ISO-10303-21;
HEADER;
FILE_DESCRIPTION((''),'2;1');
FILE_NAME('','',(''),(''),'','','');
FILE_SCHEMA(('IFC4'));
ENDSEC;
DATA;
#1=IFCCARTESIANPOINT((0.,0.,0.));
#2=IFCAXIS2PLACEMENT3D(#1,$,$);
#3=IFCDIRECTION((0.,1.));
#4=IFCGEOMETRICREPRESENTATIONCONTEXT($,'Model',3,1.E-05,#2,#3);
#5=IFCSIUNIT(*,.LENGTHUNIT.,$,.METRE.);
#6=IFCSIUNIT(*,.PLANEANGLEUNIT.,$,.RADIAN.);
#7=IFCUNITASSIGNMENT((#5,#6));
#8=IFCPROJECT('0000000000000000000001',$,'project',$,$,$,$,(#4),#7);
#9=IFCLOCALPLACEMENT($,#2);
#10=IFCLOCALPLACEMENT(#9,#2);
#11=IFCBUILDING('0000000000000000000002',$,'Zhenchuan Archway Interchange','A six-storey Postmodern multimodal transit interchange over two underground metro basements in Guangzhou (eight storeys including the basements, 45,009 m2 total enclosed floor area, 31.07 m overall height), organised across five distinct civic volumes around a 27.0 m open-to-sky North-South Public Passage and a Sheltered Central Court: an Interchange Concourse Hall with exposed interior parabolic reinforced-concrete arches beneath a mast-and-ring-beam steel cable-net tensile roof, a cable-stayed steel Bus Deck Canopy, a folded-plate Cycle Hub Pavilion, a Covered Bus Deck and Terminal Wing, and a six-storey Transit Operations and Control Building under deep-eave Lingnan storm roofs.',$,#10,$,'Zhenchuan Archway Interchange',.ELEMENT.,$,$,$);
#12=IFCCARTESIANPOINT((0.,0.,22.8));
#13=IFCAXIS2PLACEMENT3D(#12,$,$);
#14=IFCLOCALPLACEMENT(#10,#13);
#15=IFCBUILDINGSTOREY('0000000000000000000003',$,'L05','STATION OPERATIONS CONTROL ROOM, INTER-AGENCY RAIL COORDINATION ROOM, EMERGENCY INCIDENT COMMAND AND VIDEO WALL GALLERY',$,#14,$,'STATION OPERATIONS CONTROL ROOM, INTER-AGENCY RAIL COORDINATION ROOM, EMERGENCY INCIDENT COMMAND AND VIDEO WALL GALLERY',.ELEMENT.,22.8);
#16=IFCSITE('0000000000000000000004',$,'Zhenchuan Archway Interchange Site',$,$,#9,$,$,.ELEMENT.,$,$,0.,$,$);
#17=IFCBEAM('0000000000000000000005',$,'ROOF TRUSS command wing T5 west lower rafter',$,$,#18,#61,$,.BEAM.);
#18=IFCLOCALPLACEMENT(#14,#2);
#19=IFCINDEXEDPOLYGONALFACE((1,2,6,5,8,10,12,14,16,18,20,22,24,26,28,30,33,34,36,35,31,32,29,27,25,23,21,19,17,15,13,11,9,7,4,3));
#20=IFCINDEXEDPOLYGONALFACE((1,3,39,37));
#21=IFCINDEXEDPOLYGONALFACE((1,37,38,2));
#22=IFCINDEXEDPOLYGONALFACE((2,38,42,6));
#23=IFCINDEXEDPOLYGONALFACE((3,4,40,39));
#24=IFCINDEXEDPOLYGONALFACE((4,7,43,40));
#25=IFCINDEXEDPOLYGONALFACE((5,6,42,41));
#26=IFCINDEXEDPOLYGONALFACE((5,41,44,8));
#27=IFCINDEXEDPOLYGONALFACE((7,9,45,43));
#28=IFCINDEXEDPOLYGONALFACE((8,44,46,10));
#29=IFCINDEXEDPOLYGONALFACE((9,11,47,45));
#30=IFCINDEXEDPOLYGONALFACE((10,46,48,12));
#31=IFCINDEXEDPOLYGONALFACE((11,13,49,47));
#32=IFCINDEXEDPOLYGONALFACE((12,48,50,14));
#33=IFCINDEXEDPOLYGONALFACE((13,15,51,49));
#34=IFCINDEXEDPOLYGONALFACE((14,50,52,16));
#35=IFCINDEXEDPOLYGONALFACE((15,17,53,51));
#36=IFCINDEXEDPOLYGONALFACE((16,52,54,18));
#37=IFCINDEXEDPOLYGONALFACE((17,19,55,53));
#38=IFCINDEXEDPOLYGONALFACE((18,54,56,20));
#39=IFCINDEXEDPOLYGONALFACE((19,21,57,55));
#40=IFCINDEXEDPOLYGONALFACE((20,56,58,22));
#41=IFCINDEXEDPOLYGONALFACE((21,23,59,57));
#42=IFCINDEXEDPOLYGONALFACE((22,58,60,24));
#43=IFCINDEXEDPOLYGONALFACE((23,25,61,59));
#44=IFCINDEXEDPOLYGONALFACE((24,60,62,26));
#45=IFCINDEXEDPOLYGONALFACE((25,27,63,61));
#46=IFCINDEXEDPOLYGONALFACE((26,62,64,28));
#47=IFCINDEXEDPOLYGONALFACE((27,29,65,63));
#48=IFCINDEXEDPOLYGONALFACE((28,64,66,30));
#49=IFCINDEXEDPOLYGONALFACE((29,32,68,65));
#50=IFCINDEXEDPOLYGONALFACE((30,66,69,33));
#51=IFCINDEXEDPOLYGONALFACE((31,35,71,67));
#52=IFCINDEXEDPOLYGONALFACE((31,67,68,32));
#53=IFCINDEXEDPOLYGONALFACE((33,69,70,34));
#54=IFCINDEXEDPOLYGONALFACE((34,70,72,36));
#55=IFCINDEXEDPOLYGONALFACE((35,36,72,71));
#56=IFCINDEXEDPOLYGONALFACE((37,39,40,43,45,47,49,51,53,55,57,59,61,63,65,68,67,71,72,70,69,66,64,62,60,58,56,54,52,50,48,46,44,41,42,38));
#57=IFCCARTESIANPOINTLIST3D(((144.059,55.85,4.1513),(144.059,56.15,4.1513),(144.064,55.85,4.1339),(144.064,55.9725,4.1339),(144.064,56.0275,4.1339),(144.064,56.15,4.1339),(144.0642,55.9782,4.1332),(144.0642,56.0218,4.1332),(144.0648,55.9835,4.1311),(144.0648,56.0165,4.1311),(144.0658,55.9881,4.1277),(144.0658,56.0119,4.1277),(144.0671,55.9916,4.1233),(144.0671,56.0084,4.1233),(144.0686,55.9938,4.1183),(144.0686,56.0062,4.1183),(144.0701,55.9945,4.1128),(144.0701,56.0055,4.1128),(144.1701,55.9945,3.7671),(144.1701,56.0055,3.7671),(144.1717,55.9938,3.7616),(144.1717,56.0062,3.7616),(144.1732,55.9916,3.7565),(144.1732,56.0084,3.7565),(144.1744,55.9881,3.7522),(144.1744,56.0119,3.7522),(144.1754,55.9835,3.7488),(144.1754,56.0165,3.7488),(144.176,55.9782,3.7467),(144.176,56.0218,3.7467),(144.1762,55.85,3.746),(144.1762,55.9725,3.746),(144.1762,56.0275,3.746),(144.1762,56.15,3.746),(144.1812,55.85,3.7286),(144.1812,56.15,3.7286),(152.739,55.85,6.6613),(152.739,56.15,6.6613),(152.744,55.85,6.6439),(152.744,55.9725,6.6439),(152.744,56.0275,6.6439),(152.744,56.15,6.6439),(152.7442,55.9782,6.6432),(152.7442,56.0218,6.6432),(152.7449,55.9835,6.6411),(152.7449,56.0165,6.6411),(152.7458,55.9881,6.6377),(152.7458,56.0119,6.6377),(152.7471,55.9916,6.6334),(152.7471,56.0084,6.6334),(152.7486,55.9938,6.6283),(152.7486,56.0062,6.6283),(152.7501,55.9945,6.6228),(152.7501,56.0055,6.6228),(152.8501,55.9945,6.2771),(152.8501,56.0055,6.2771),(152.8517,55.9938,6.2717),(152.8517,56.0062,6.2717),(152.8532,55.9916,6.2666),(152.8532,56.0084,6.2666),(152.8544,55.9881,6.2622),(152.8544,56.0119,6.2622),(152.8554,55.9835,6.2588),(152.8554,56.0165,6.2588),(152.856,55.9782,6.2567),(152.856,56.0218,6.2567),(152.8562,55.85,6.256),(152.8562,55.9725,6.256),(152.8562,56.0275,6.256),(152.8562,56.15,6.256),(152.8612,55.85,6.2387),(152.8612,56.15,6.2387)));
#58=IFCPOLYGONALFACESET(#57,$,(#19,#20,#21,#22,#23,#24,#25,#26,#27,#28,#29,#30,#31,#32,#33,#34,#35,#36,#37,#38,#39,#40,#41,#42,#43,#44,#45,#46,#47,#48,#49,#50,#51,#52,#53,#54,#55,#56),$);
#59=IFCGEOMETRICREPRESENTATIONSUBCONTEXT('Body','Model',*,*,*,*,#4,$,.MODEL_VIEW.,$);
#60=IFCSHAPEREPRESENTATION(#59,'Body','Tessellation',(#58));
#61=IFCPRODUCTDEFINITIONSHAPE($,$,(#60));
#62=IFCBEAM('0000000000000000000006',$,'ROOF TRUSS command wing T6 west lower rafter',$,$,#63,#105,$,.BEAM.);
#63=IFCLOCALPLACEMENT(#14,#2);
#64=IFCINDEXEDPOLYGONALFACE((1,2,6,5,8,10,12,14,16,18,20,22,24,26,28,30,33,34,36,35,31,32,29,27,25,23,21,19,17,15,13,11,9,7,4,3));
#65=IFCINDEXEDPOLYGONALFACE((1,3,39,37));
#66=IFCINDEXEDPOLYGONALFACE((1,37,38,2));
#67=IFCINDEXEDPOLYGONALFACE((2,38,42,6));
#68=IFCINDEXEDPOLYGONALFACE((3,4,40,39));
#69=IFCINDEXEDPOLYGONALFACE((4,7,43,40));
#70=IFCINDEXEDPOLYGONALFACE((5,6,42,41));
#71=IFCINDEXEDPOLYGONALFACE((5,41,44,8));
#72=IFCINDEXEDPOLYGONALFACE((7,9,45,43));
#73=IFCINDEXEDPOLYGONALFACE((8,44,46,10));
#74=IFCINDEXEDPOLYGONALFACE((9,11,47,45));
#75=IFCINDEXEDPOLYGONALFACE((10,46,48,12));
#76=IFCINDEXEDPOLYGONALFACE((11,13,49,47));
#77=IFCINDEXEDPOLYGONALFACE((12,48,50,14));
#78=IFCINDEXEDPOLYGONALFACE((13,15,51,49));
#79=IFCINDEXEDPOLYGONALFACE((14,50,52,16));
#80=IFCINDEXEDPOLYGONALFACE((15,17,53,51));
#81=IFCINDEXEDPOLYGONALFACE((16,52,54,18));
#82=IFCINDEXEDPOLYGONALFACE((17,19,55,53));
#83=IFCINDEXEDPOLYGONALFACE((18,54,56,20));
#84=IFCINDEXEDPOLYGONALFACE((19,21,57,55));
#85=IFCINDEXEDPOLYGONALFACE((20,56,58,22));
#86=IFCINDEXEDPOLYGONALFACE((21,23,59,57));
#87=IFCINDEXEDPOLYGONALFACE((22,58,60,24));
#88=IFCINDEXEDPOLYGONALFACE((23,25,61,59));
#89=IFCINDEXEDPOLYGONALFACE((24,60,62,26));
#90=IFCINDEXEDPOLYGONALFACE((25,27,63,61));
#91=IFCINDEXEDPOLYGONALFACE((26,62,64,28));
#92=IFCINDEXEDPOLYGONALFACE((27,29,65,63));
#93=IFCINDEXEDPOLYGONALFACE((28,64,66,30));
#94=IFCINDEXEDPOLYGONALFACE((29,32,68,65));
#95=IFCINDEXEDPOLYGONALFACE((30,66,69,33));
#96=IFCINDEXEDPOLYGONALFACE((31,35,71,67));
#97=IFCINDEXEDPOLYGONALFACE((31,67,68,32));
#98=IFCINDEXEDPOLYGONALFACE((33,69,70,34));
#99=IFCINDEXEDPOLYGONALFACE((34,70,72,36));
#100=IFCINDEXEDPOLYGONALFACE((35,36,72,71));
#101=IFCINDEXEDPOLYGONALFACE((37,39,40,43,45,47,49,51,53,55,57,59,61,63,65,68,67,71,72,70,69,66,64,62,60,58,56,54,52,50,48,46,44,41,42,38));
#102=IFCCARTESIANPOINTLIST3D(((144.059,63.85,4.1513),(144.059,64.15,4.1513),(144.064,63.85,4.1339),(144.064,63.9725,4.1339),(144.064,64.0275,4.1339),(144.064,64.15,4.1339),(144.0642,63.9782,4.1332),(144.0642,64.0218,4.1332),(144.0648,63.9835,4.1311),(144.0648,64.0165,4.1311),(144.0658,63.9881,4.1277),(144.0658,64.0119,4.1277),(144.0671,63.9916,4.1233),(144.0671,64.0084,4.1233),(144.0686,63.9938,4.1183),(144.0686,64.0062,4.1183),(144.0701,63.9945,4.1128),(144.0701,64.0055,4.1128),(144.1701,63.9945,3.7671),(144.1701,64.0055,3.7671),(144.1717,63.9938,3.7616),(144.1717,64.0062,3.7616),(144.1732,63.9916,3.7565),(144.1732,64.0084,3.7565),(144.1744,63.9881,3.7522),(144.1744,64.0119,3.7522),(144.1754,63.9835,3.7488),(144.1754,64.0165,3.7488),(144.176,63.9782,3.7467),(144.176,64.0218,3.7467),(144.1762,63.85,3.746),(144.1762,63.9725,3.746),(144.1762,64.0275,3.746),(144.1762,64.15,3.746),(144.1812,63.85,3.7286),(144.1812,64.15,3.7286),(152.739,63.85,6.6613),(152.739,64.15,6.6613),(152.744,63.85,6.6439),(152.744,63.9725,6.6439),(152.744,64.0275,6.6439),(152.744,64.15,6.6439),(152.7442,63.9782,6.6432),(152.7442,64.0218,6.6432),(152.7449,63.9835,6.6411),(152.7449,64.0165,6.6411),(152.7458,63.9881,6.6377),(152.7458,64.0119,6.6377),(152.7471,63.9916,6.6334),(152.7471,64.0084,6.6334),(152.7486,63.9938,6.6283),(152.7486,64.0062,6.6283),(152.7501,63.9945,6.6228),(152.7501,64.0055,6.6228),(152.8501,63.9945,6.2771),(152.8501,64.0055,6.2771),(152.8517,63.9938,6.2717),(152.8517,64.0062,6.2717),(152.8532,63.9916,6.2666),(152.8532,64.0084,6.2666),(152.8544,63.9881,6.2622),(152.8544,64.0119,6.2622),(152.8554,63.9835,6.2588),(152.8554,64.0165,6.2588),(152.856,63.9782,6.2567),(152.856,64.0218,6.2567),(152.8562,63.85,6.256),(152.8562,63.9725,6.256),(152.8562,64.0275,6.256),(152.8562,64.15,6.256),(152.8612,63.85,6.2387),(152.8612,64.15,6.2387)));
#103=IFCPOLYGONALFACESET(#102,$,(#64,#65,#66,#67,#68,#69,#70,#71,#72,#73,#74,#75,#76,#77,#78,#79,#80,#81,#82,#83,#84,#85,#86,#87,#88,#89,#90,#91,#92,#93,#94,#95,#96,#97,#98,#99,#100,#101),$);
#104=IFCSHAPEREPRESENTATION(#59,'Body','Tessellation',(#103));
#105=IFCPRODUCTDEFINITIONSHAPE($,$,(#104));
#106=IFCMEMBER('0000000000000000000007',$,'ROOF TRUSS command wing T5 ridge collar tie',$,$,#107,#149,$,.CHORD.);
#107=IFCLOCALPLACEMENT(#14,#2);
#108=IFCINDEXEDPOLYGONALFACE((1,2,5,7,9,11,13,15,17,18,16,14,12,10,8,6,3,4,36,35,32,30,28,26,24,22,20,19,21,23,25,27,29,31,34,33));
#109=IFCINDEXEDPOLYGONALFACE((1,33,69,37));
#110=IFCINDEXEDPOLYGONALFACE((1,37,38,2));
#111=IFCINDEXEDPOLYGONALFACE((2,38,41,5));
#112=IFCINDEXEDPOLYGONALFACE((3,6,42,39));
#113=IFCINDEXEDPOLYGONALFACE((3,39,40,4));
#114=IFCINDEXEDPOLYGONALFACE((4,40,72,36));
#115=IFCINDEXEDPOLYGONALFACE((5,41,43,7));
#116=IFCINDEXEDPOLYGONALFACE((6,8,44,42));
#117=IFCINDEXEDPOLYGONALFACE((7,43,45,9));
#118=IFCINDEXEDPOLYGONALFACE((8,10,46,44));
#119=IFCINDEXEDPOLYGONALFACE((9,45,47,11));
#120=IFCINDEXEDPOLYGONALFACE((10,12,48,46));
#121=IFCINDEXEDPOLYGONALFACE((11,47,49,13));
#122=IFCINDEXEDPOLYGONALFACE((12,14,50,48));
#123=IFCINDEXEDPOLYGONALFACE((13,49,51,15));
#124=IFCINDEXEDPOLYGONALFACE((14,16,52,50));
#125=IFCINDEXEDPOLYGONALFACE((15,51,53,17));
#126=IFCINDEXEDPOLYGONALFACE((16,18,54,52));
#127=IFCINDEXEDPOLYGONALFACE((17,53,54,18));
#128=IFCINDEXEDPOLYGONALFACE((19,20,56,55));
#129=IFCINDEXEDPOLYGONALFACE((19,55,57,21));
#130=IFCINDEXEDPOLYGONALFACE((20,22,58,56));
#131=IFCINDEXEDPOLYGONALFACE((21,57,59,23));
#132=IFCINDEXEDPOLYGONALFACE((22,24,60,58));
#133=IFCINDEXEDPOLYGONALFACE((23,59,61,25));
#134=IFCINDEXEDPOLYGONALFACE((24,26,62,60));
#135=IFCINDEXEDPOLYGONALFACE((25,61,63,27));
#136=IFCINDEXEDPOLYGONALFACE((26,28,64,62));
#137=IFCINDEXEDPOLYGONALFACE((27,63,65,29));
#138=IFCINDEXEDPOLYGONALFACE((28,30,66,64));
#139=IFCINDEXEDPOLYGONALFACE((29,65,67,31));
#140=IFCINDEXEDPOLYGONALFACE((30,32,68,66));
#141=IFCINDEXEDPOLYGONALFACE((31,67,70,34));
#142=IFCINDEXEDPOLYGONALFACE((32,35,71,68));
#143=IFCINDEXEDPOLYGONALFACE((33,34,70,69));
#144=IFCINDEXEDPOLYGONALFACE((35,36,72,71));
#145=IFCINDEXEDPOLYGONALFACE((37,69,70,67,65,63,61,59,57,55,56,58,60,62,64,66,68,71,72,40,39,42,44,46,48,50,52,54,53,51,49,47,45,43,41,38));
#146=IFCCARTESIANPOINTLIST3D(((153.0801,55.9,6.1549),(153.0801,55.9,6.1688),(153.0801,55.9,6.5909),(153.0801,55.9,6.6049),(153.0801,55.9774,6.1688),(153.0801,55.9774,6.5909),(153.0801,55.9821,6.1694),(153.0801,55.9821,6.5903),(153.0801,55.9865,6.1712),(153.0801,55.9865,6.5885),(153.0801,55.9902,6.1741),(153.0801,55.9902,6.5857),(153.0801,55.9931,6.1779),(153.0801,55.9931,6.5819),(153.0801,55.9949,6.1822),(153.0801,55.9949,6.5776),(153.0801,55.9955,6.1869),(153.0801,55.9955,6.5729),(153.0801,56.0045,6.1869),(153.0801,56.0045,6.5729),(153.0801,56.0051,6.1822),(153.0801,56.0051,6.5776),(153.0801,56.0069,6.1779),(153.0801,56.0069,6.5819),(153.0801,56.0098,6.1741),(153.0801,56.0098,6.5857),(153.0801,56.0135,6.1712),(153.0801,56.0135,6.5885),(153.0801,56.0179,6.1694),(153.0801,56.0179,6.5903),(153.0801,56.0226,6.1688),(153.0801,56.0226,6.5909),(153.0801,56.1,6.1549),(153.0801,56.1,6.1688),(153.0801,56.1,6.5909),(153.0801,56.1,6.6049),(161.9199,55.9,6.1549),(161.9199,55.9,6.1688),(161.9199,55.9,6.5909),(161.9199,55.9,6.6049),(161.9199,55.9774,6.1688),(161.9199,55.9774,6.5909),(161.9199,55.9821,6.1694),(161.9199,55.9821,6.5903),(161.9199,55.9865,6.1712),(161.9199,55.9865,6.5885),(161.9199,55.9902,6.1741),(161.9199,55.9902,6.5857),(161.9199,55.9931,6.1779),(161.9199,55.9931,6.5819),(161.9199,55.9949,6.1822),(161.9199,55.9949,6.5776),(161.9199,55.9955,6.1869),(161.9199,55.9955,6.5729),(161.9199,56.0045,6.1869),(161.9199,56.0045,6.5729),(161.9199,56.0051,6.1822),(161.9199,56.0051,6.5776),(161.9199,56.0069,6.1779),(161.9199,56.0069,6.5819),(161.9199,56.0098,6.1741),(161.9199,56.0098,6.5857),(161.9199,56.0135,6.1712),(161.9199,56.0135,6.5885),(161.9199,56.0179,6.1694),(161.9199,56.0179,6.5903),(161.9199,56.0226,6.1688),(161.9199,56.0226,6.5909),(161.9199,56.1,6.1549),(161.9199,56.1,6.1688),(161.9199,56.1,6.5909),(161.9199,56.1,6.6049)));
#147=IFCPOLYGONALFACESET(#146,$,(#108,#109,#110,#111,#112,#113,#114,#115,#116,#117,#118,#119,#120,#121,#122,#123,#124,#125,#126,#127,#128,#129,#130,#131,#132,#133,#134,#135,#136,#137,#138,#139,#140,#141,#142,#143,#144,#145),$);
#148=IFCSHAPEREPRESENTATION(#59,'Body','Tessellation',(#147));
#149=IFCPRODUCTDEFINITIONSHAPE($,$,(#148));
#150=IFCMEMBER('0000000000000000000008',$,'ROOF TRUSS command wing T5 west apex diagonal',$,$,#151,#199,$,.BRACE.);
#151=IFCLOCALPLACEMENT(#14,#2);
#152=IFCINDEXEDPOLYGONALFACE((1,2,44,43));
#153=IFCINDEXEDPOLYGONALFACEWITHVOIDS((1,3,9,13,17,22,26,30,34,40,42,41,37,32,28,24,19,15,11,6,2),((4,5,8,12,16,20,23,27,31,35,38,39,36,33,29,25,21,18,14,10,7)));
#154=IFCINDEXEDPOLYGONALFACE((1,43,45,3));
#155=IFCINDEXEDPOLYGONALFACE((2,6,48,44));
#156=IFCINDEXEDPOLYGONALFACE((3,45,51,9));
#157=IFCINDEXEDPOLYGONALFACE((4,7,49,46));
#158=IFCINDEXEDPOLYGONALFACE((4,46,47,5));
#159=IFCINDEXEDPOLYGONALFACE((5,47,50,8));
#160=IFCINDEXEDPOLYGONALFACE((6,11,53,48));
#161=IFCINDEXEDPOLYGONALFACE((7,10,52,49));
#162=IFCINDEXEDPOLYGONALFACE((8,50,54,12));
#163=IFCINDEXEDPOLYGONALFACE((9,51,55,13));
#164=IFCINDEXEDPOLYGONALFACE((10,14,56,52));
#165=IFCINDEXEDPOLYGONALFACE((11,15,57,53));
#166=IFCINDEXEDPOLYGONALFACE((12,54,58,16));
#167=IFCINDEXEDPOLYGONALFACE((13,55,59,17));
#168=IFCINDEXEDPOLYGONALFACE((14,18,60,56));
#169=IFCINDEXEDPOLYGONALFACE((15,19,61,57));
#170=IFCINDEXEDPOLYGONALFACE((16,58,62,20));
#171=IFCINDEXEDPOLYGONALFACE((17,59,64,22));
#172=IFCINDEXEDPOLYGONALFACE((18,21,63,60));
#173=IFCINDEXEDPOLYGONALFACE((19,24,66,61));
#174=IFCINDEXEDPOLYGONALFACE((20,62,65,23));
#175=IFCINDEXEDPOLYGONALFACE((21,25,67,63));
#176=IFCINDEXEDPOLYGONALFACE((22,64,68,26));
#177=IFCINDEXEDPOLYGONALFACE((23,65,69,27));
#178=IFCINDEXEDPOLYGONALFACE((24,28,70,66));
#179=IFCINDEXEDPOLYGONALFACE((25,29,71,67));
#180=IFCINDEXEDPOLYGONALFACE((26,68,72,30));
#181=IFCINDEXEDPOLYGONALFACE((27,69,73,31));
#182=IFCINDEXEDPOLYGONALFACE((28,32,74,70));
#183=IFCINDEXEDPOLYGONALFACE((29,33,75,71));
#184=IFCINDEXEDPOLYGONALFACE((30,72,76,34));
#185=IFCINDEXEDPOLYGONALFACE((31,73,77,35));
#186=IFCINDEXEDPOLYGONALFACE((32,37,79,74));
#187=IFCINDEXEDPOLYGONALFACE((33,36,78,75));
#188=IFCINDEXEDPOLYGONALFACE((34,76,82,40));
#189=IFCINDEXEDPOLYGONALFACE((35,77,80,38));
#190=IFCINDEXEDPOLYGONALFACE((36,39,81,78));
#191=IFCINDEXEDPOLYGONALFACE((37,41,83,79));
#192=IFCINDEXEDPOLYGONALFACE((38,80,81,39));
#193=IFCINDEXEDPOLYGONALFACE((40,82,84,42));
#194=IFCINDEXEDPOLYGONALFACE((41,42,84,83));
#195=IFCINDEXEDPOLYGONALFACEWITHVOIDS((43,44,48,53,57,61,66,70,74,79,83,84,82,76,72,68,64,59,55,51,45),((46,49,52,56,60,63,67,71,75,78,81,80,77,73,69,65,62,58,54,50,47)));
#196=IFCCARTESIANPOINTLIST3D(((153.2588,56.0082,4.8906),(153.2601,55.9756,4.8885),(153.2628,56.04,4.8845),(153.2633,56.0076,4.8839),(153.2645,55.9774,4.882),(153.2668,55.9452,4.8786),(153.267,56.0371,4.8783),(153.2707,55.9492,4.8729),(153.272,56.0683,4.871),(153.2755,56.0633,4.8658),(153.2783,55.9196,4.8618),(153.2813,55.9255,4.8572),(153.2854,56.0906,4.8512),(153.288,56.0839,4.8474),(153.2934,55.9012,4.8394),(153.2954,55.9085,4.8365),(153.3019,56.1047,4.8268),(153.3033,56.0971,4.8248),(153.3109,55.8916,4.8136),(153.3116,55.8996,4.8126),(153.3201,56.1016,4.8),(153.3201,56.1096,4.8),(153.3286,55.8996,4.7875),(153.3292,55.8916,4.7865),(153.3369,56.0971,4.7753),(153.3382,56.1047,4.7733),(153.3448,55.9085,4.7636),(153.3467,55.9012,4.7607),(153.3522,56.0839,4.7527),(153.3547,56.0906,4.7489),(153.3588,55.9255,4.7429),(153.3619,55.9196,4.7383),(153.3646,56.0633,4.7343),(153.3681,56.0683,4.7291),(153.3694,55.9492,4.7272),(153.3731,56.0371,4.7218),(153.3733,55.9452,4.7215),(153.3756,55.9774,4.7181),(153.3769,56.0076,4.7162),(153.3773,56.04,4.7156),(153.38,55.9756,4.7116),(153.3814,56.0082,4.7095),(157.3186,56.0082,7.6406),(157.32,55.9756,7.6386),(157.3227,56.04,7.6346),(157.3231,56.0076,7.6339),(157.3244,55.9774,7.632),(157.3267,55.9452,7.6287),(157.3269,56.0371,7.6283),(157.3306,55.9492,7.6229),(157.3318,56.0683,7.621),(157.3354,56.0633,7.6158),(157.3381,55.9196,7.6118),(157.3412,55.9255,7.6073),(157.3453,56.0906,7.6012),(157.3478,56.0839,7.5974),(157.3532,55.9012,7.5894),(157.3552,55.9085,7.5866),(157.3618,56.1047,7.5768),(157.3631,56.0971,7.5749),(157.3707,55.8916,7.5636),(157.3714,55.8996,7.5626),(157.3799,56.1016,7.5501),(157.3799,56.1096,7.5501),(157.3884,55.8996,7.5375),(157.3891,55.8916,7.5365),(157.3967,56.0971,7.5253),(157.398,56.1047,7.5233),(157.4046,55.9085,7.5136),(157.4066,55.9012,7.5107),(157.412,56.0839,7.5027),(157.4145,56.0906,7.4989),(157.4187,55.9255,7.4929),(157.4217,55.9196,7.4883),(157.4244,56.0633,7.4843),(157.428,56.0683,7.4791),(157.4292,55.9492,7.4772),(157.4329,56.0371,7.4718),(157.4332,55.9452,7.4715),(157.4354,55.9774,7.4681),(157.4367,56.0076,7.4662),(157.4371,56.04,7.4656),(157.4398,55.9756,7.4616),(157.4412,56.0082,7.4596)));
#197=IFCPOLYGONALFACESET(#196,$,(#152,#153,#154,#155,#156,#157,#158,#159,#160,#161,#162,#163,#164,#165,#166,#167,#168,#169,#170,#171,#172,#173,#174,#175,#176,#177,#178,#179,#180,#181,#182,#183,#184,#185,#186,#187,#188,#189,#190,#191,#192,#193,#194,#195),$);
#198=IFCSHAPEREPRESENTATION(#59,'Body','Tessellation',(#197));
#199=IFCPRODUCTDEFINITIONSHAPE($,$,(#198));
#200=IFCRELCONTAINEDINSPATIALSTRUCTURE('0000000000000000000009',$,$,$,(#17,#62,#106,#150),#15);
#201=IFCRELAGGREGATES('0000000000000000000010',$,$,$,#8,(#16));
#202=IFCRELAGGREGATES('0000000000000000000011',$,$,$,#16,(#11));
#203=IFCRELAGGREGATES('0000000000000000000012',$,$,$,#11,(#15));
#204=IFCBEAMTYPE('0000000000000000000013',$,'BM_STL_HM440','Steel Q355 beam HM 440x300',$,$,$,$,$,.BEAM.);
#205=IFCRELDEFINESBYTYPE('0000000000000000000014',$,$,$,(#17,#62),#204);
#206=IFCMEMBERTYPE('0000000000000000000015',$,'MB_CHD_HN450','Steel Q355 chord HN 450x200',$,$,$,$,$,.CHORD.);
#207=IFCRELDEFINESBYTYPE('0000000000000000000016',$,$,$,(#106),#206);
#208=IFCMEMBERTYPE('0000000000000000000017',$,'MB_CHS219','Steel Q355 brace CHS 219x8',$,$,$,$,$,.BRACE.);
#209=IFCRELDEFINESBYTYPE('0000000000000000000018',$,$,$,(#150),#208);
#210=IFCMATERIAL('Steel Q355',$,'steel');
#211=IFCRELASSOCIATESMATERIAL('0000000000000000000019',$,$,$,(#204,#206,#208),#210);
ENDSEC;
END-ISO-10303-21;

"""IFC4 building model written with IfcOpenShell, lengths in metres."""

from ifc_helpers import new_model, si_unit, direction, frame, origin, origin_2d, place, context, subcontext, project, spatial, hollow_circle, i_section, extrude, material, material_profile, profile_set, type_object, element, save


model = new_model("IFC4")

# Units and contexts
model_context = context("Model", 3, precision=1e-05, world=origin(), true_north=direction((0.0, 1.0)))
body_context = subcontext(model_context, "Body", "Model", "MODEL_VIEW")
ifc_project = project(units=[si_unit("LENGTHUNIT", "METRE"), si_unit("PLANEANGLEUNIT", "RADIAN")], contexts=[model_context])

# Site, building, storey
site_placement = place(None, origin())
site = spatial("IfcSite", under=ifc_project, at=site_placement, Name="Zhenchuan Archway Interchange Site", CompositionType="ELEMENT", RefElevation=0.0)
building_placement = place(site_placement, origin())
building = spatial("IfcBuilding", under=site, at=building_placement, Name="Zhenchuan Archway Interchange", Description="A six-storey Postmodern multimodal transit interchange over two underground metro basements in Guangzhou (eight storeys including the basements, 45,009 m2 total enclosed floor area, 31.07 m overall height), organised across five distinct civic volumes around a 27.0 m open-to-sky North-South Public Passage and a Sheltered Central Court: an Interchange Concourse Hall with exposed interior parabolic reinforced-concrete arches beneath a mast-and-ring-beam steel cable-net tensile roof, a cable-stayed steel Bus Deck Canopy, a folded-plate Cycle Hub Pavilion, a Covered Bus Deck and Terminal Wing, and a six-storey Transit Operations and Control Building under deep-eave Lingnan storm roofs.", LongName="Zhenchuan Archway Interchange", CompositionType="ELEMENT")
storey_placement = place(building_placement, frame((0.0, 0.0, 22.8)))
storey = spatial("IfcBuildingStorey", under=building, at=storey_placement, Name="L05", Description="STATION OPERATIONS CONTROL ROOM, INTER-AGENCY RAIL COORDINATION ROOM, EMERGENCY INCIDENT COMMAND AND VIDEO WALL GALLERY", LongName="STATION OPERATIONS CONTROL ROOM, INTER-AGENCY RAIL COORDINATION ROOM, EMERGENCY INCIDENT COMMAND AND VIDEO WALL GALLERY", CompositionType="ELEMENT", Elevation=22.8)

# Beams
ifc_material_1 = material(Name="Steel Q355", Category="steel")
ifc_material_profile_1 = material_profile(ifc_material_1, i_section(OverallWidth=0.3, OverallDepth=0.4399, WebThickness=0.011, FlangeThickness=0.0181, FilletRadius=0.022, at=origin_2d()), Name="HM 440x300")
ifc_profile_set_1 = profile_set([ifc_material_profile_1], Name="Steel Q355")
beam_type_1 = type_object("IfcBeamType", Name="BM_STL_HM440", Description="Steel Q355 beam HM 440x300", PredefinedType="BEAM", material=ifc_profile_set_1)
for number, where, z_axis, x_axis, name in (
    (1, (144.1201, 56.0, 3.9399), (0.960641, 0.0, 0.277792), (0.0, 1.0, 0.0), "ROOF TRUSS command wing T5 west lower rafter"),
    (2, (144.1201, 64.0, 3.9399), (0.960641, 0.0, 0.277792), (0.0, 1.0, 0.0), "ROOF TRUSS command wing T6 west lower rafter"),
):
    element("IfcBeam", number, at=place(storey_placement, frame(where, z_axis=z_axis, x_axis=x_axis)), inside=storey, type_object=beam_type_1, Name=name, PredefinedType="BEAM", context=body_context, shape_type="SweptSolid", body=[
        extrude(i_section(OverallWidth=0.3, OverallDepth=0.4399, WebThickness=0.011, FlangeThickness=0.0181, FilletRadius=0.022, at=origin_2d()), origin(), (0.0, 0.0, 1.0), 9.0356),
    ])

# Members
ifc_material_profile_2 = material_profile(ifc_material_1, i_section(OverallWidth=0.2, OverallDepth=0.45, WebThickness=0.009, FlangeThickness=0.0139, FilletRadius=0.0181, at=origin_2d()), Name="HN 450x200")
ifc_profile_set_2 = profile_set([ifc_material_profile_2], Name="Steel Q355")
member_type_1 = type_object("IfcMemberType", Name="MB_CHD_HN450", Description="Steel Q355 chord HN 450x200", PredefinedType="CHORD", material=ifc_profile_set_2)
member_1_placement = place(storey_placement, frame((153.0801, 56.0, 6.3799), z_axis=(1.0, 0.0, 0.0), x_axis=(0.0, 1.0, 0.0)))
element("IfcMember", 3, at=member_1_placement, inside=storey, type_object=member_type_1, Name="ROOF TRUSS command wing T5 ridge collar tie", PredefinedType="CHORD", context=body_context, shape_type="SweptSolid", body=[
    extrude(i_section(OverallWidth=0.2, OverallDepth=0.45, WebThickness=0.009, FlangeThickness=0.0139, FilletRadius=0.0181, at=origin_2d()), origin(), (0.0, 0.0, 1.0), 8.8398),
])
ifc_material_profile_3 = material_profile(ifc_material_1, hollow_circle(Radius=0.1096, WallThickness=0.0081, at=origin_2d()), Name="CHS 219x8")
ifc_profile_set_3 = profile_set([ifc_material_profile_3], Name="Steel Q355")
member_type_2 = type_object("IfcMemberType", Name="MB_CHS219", Description="Steel Q355 brace CHS 219x8", PredefinedType="BRACE", material=ifc_profile_set_3)
member_2_placement = place(storey_placement, frame((153.3201, 56.0, 4.8), z_axis=(0.827937, 0.0, 0.560821), x_axis=(0.0, 1.0, 0.0)))
element("IfcMember", 4, at=member_2_placement, inside=storey, type_object=member_type_2, Name="ROOF TRUSS command wing T5 west apex diagonal", PredefinedType="BRACE", context=body_context, shape_type="SweptSolid", body=[
    extrude(hollow_circle(Radius=0.1096, WallThickness=0.0081, at=origin_2d()), origin(), (0.0, 0.0, 1.0), 4.9036),
])

save(model, "model.ifc")
